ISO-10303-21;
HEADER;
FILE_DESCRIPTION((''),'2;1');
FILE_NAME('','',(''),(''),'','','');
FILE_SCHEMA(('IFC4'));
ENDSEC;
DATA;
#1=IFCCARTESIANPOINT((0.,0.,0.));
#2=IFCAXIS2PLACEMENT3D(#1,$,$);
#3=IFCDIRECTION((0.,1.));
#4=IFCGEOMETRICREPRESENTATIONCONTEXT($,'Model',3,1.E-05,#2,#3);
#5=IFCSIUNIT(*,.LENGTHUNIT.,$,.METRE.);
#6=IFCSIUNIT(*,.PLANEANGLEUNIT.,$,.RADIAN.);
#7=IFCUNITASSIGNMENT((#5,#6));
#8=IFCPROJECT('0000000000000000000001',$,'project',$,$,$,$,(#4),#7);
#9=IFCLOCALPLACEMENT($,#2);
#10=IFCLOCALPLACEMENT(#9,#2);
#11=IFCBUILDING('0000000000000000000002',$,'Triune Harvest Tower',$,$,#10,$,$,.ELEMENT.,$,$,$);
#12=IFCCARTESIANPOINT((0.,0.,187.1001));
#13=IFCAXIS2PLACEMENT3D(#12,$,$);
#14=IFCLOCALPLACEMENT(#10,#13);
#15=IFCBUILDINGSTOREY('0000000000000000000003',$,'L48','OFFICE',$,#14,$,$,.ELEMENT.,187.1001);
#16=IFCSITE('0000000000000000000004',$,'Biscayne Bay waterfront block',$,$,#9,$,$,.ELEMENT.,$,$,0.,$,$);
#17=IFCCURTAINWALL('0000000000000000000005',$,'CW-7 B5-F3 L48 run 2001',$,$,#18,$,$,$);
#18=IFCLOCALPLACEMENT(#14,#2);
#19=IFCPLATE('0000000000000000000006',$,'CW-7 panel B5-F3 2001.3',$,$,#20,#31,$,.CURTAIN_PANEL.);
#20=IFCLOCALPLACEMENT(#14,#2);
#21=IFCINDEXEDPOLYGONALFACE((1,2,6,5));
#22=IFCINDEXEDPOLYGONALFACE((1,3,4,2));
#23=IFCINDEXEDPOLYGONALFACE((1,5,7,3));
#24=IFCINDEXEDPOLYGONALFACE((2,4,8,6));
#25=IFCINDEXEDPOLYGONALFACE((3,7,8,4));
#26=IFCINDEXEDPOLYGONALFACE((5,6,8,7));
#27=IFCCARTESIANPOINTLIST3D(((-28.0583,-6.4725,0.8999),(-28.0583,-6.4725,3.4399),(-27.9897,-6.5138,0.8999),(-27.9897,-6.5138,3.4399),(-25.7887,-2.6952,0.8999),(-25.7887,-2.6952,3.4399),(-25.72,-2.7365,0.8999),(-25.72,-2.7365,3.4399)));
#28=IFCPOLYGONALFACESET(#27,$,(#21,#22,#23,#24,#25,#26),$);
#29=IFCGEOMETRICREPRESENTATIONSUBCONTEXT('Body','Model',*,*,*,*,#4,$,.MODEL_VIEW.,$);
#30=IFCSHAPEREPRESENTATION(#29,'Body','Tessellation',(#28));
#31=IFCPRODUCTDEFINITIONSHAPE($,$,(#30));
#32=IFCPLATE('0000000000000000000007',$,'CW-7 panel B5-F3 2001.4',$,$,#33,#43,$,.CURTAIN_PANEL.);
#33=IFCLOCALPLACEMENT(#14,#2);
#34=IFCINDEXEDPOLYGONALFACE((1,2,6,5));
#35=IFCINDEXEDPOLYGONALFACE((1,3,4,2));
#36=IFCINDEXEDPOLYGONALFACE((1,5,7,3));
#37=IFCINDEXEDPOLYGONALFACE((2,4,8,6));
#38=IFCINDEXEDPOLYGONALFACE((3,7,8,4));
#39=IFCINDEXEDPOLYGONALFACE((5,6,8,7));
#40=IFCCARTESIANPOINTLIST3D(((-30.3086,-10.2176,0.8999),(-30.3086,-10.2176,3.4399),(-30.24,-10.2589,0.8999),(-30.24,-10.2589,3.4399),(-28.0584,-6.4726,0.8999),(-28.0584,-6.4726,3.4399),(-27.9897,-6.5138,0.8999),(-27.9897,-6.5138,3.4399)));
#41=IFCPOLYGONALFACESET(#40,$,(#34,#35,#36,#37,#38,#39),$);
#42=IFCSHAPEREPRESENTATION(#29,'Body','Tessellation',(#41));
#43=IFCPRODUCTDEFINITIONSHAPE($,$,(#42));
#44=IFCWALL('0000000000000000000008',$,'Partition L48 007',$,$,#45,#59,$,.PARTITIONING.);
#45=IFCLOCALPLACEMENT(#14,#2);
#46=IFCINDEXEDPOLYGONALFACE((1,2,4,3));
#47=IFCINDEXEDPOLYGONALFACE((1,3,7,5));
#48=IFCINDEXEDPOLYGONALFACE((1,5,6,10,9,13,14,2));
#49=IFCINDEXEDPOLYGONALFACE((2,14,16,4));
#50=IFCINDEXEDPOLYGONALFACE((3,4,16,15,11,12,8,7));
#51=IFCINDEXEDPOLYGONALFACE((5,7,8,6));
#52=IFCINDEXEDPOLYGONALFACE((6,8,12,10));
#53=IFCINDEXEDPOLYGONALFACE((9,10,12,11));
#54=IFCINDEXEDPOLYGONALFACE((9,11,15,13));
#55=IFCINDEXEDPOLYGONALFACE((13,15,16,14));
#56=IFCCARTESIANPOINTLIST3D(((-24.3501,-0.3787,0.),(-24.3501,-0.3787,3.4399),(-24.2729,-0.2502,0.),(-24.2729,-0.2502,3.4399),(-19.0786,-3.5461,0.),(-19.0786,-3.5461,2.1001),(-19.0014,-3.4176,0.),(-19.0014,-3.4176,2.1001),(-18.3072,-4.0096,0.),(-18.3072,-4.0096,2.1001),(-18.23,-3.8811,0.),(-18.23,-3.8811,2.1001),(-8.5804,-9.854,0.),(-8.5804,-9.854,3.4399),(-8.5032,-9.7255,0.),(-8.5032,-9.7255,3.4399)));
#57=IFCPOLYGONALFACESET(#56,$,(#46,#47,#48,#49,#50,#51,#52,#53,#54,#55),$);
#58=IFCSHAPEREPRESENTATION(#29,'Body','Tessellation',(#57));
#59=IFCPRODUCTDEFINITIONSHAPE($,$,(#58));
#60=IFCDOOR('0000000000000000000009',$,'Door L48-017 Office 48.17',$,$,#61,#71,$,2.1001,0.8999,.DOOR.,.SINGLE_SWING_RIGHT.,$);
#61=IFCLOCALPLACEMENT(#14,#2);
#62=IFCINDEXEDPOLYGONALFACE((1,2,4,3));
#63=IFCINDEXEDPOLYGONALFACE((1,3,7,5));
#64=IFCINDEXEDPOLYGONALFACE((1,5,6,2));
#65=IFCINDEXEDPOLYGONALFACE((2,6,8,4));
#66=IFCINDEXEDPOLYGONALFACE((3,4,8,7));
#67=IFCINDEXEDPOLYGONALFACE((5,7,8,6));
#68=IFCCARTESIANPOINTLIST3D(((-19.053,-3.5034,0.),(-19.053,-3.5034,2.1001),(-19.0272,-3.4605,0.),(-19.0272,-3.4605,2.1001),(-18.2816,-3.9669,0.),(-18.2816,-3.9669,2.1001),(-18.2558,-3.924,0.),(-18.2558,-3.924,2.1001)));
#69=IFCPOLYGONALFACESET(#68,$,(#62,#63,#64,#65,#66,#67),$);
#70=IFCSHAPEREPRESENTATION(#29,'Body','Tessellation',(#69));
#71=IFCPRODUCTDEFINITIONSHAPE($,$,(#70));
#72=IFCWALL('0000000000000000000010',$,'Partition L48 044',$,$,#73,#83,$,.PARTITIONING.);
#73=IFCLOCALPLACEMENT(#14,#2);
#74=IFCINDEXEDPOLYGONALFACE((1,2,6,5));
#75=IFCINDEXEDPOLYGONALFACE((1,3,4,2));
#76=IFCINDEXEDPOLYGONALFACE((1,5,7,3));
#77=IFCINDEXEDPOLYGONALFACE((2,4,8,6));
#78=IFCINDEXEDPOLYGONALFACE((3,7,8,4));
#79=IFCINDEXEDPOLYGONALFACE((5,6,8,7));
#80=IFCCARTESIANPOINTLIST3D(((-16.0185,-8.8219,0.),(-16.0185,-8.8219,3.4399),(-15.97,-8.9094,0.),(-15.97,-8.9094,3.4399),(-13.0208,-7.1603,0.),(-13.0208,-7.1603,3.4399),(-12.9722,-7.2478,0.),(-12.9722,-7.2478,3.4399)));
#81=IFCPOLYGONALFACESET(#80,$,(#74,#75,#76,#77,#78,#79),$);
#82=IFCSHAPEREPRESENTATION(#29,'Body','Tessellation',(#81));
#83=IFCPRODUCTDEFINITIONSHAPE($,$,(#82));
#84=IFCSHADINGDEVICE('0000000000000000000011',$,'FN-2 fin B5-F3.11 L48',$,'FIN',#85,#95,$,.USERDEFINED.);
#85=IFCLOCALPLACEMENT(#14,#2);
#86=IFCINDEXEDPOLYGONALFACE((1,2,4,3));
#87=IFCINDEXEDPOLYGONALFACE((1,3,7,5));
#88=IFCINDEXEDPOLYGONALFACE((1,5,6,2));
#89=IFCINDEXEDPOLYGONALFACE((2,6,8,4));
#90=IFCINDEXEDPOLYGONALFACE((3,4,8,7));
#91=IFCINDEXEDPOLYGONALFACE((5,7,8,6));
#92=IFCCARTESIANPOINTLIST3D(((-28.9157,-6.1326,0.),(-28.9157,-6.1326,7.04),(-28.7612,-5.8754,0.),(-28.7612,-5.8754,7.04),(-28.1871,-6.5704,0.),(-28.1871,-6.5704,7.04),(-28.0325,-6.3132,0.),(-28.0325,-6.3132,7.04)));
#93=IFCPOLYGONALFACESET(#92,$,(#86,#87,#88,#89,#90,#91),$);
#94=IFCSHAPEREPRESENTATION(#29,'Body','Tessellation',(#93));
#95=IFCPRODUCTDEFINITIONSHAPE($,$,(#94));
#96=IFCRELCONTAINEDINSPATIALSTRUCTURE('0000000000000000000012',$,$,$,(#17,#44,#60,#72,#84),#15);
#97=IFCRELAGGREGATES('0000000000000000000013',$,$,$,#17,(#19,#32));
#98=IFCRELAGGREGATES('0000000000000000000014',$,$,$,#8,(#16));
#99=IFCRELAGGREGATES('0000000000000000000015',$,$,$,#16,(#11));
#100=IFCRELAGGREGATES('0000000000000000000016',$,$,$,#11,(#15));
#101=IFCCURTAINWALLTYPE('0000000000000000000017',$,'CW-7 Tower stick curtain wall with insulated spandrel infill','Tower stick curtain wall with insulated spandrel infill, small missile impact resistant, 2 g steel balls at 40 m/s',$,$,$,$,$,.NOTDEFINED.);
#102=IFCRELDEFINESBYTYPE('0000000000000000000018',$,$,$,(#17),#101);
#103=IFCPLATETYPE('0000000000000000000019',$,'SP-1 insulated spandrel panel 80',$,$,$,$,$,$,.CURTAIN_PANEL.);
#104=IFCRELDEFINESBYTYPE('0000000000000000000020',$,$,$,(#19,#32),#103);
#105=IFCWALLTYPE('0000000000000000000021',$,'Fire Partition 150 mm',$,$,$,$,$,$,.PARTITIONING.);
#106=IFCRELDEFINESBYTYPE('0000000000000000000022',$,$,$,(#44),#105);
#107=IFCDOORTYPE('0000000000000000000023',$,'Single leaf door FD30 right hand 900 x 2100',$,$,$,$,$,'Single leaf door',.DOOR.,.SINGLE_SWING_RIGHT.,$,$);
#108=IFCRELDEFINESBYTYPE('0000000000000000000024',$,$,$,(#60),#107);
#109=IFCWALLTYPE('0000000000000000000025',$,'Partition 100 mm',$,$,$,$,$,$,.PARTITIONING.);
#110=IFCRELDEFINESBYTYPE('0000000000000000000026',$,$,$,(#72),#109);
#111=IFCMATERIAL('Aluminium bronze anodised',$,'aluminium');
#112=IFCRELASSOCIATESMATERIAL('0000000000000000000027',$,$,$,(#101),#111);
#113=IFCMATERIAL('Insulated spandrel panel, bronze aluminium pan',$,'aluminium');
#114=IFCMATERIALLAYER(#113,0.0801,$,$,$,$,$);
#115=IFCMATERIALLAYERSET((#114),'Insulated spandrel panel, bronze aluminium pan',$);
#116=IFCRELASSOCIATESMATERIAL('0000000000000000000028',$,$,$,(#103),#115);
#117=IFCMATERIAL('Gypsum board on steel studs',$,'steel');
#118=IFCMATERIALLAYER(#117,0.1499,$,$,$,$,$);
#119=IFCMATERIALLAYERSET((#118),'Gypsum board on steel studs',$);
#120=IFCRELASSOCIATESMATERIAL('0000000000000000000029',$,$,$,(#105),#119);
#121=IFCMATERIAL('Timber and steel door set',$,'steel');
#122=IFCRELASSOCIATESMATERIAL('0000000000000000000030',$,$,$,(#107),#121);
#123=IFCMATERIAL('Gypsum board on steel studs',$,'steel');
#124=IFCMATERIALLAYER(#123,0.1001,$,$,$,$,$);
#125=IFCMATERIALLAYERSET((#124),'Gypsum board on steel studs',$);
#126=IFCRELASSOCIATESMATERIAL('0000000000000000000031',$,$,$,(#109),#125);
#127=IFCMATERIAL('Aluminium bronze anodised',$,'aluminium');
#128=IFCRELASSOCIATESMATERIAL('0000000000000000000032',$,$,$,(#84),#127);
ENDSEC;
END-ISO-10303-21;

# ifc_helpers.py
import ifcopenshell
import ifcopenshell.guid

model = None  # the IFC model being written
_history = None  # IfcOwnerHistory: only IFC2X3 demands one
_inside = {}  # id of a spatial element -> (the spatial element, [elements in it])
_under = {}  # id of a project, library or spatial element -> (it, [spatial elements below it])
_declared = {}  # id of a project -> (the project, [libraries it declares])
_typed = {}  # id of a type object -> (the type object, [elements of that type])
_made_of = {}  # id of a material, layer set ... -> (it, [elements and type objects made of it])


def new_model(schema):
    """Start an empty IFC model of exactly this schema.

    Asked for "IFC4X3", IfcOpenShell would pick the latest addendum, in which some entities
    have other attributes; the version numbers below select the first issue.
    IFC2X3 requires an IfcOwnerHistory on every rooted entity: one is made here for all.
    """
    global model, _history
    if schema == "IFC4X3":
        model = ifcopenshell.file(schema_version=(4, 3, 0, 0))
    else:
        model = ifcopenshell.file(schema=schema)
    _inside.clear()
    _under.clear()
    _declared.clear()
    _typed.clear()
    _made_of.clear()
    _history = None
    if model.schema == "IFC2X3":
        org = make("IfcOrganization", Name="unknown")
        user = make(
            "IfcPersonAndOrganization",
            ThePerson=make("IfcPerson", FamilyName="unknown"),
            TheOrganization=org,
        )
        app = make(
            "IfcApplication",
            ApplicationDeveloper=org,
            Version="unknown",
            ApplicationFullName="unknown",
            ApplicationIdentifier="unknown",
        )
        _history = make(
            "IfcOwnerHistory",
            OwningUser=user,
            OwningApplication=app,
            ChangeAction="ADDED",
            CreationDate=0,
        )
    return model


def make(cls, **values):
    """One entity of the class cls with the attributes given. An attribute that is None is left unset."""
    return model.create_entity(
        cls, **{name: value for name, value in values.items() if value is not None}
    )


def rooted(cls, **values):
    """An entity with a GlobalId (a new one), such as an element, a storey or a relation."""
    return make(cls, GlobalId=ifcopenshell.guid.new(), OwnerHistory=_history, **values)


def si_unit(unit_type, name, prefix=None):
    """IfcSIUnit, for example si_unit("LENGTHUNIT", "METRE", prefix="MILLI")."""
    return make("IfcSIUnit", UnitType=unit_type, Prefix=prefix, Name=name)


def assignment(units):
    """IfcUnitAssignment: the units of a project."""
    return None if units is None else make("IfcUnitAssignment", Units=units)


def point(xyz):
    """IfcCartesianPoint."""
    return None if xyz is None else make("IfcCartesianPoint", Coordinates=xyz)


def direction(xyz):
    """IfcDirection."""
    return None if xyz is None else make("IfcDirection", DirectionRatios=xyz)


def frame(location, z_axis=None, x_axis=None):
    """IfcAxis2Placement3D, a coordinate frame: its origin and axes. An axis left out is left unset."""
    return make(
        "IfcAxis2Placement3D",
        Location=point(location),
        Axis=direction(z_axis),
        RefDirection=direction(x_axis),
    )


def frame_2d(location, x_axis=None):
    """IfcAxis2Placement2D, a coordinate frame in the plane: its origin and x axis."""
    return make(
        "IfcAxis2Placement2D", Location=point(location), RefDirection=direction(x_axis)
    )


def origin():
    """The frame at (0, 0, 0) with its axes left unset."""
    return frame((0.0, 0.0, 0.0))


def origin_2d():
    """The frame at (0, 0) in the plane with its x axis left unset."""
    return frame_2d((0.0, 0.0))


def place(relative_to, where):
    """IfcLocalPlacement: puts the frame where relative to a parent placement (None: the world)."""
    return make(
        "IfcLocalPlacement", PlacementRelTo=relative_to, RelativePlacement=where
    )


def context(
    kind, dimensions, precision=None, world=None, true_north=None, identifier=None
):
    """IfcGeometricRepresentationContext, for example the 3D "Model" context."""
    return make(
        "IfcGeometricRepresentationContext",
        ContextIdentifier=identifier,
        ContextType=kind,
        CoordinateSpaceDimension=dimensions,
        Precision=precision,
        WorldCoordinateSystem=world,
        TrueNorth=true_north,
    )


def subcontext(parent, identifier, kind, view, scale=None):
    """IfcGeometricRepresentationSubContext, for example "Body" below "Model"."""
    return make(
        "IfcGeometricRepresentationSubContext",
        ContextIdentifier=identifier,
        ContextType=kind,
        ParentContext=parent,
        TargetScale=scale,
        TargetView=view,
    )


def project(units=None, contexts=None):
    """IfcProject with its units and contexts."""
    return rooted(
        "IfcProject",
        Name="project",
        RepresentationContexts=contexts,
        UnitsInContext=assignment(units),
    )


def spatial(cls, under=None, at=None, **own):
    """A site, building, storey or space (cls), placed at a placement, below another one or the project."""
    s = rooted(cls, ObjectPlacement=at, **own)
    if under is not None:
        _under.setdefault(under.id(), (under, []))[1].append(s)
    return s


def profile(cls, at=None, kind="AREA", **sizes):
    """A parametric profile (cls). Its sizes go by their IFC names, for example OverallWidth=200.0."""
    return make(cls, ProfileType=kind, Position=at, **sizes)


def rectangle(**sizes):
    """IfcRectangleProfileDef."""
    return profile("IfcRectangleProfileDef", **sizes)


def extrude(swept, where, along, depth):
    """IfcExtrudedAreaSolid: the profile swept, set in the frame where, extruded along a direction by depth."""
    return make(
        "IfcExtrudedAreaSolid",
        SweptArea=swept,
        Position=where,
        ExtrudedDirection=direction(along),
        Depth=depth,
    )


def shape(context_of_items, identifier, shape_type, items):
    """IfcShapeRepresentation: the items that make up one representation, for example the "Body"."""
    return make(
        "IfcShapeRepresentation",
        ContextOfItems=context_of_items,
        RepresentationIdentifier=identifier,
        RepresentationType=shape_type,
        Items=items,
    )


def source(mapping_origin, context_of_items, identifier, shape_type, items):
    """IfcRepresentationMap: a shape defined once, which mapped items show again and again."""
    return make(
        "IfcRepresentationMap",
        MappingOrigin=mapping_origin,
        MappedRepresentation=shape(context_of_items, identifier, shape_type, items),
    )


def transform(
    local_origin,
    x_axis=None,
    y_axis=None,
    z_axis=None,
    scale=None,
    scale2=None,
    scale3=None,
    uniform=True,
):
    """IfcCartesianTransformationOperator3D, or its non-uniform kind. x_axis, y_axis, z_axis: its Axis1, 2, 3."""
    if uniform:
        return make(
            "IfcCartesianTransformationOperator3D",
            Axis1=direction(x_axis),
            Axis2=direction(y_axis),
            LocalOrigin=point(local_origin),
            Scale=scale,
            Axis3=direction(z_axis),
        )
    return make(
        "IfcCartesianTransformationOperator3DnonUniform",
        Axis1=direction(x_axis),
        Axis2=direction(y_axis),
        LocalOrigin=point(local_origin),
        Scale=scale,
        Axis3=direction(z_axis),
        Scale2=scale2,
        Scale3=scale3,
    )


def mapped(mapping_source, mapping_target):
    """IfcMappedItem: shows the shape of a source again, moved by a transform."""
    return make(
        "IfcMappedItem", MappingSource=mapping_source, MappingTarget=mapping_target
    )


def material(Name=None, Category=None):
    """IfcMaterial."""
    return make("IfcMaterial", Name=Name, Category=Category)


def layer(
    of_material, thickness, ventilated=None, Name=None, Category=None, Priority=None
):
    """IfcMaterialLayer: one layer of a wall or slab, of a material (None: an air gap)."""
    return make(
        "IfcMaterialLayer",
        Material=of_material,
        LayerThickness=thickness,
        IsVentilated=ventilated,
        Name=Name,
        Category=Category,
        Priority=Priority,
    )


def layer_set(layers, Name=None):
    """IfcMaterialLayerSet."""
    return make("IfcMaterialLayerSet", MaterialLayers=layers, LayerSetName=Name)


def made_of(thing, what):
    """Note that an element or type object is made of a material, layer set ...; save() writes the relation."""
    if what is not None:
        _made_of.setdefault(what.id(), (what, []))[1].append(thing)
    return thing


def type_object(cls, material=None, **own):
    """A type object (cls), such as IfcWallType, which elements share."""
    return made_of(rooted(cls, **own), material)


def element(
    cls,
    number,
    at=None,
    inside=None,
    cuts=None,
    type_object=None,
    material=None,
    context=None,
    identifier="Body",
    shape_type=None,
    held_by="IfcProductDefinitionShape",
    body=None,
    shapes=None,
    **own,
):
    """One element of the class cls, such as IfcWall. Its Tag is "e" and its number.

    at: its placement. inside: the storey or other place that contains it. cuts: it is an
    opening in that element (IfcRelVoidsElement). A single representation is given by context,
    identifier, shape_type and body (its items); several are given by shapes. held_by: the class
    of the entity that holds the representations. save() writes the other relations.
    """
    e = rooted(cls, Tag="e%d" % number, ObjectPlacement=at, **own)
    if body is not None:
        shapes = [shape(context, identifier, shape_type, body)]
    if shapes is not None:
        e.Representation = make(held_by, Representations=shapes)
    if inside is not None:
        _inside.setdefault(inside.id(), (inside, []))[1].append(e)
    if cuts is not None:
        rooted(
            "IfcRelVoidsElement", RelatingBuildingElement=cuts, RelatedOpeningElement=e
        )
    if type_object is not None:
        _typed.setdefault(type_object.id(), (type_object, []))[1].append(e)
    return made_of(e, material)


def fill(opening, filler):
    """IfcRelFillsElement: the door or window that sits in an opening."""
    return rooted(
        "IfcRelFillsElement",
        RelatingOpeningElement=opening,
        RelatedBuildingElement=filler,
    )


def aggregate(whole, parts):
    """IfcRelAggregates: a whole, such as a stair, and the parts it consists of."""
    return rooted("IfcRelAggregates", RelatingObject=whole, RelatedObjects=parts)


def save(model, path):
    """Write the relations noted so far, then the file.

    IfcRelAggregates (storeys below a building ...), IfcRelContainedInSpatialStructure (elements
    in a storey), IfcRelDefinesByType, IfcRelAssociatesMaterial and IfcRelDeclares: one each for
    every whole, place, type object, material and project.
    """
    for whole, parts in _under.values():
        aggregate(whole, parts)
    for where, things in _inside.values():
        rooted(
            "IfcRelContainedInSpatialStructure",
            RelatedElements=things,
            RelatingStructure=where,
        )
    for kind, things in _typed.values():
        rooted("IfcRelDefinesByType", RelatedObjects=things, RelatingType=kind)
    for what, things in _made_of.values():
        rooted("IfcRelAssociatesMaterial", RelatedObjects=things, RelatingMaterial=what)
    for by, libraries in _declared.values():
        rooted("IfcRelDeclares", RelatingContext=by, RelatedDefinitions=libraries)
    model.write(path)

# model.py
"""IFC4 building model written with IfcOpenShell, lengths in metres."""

from ifc_helpers import new_model, si_unit, direction, frame, frame_2d, origin, origin_2d, place, context, subcontext, project, spatial, rectangle, extrude, source, transform, mapped, material, layer, layer_set, type_object, element, fill, aggregate, save


model = new_model("IFC4")

# Units and contexts
model_context = context("Model", 3, precision=1e-05, world=origin(), true_north=direction((0.0, 1.0)))
body_context = subcontext(model_context, "Body", "Model", "MODEL_VIEW")
ifc_project = project(units=[si_unit("LENGTHUNIT", "METRE"), si_unit("PLANEANGLEUNIT", "RADIAN")], contexts=[model_context])

# Site, building, storey
site_placement = place(None, origin())
site = spatial("IfcSite", under=ifc_project, at=site_placement, Name="Biscayne Bay waterfront block", CompositionType="ELEMENT", RefElevation=0.0)
building_placement = place(site_placement, origin())
building = spatial("IfcBuilding", under=site, at=building_placement, Name="Triune Harvest Tower", CompositionType="ELEMENT")
storey_placement = place(building_placement, frame((0.0, 0.0, 187.1001)))
storey = spatial("IfcBuildingStorey", under=building, at=storey_placement, Name="L48", Description="OFFICE", CompositionType="ELEMENT", Elevation=187.1001)

# Curtain wall
ifc_material_1 = material(Name="Aluminium bronze anodised", Category="aluminium")
curtain_wall_type_1 = type_object("IfcCurtainWallType", Name="CW-7 Tower stick curtain wall with insulated spandrel infill", Description="Tower stick curtain wall with insulated spandrel infill, small missile impact resistant, 2 g steel balls at 40 m/s", PredefinedType="NOTDEFINED", material=ifc_material_1)
curtain_wall_1_placement = place(storey_placement, origin())
curtain_wall_1 = element("IfcCurtainWall", 1, at=curtain_wall_1_placement, inside=storey, type_object=curtain_wall_type_1, Name="CW-7 B5-F3 L48 run 2001")

# Plates
ifc_material_2 = material(Name="Insulated spandrel panel, bronze aluminium pan", Category="aluminium")
ifc_layer_1 = layer(ifc_material_2, 0.0801)
ifc_layer_set_1 = layer_set([ifc_layer_1], Name="Insulated spandrel panel, bronze aluminium pan")
plate_type_1 = type_object("IfcPlateType", Name="SP-1 insulated spandrel panel 80", PredefinedType="CURTAIN_PANEL", material=ifc_layer_set_1)
shared_shape_1 = source(origin(), body_context, "Body", "SweptSolid", [
    extrude(rectangle(XDim=4.4067, YDim=0.0801, at=origin_2d()), origin(), (0.0, 0.0, 1.0), 2.54),
])
plate_1_placement = place(storey_placement, frame((-26.8892, -4.6045, 0.8999), z_axis=(0.0, 0.0, 1.0), x_axis=(-0.515039, -0.857167, 0.0)))
plate_1 = element("IfcPlate", 2, at=plate_1_placement, type_object=plate_type_1, Name="CW-7 panel B5-F3 2001.3", PredefinedType="CURTAIN_PANEL", context=body_context, shape_type="MappedRepresentation", body=[
    mapped(shared_shape_1, transform((0.0, 0.0, 0.0), scale=1.0)),
])
shared_shape_2 = source(origin(), body_context, "Body", "SweptSolid", [
    extrude(rectangle(XDim=4.3691, YDim=0.0801, at=origin_2d()), origin(), (0.0, 0.0, 1.0), 2.54),
])
plate_2_placement = place(storey_placement, frame((-29.1492, -8.3657, 0.8999), z_axis=(0.0, 0.0, 1.0), x_axis=(-0.515039, -0.857167, 0.0)))
plate_2 = element("IfcPlate", 3, at=plate_2_placement, type_object=plate_type_1, Name="CW-7 panel B5-F3 2001.4", PredefinedType="CURTAIN_PANEL", context=body_context, shape_type="MappedRepresentation", body=[
    mapped(shared_shape_2, transform((0.0, 0.0, 0.0), scale=1.0)),
])
aggregate(curtain_wall_1, [plate_1, plate_2])

# Wall, opening, door
ifc_material_3 = material(Name="Gypsum board on steel studs", Category="steel")
ifc_layer_2 = layer(ifc_material_3, 0.1499)
ifc_layer_set_2 = layer_set([ifc_layer_2], Name="Gypsum board on steel studs")
wall_type_1 = type_object("IfcWallType", Name="Fire Partition 150 mm", PredefinedType="PARTITIONING", material=ifc_layer_set_2)
shared_shape_3 = source(origin(), body_context, "Body", "SweptSolid", [
    extrude(rectangle(XDim=18.3975, YDim=0.1499, at=frame_2d((9.1987, 0.0))), origin(), (0.0, 0.0, 1.0), 3.4399),
])
wall_1_placement = place(storey_placement, frame((-24.3115, -0.3145, 0.0), z_axis=(0.0, 0.0, 1.0), x_axis=(0.85717, -0.515034, 0.0)))
wall_1 = element("IfcWall", 4, at=wall_1_placement, inside=storey, type_object=wall_type_1, Name="Partition L48 007", PredefinedType="PARTITIONING", context=body_context, shape_type="MappedRepresentation", body=[
    mapped(shared_shape_3, transform((0.0, 0.0, 0.0), scale=1.0)),
])
opening_placement = place(wall_1_placement, frame((6.1499, 0.0, 0.0)))
opening = element("IfcOpeningElement", 5, at=opening_placement, cuts=wall_1, PredefinedType="OPENING", context=body_context, shape_type="SweptSolid", body=[
    extrude(rectangle(XDim=0.8999, YDim=2.1001, at=frame_2d((0.45, 1.05))), frame((0.0, 0.085, 0.0), z_axis=(0.0, -1.0, 0.0), x_axis=(1.0, 0.0, 0.0)), (0.0, 0.0, 1.0), 0.1699),
])
ifc_material_4 = material(Name="Timber and steel door set", Category="steel")
door_type = type_object("IfcDoorType", Name="Single leaf door FD30 right hand 900 x 2100", ElementType="Single leaf door", OperationType="SINGLE_SWING_RIGHT", PredefinedType="DOOR", material=ifc_material_4)
door_placement = place(opening_placement, origin())
door = element("IfcDoor", 6, at=door_placement, inside=storey, type_object=door_type, Name="Door L48-017 Office 48.17", OperationType="SINGLE_SWING_RIGHT", OverallHeight=2.1001, OverallWidth=0.8999, PredefinedType="DOOR", context=body_context, shape_type="SweptSolid", body=[
    extrude(rectangle(XDim=0.8999, YDim=2.1001, at=frame_2d((0.45, 1.05))), frame((0.0, 0.0249, 0.0), z_axis=(0.0, -1.0, 0.0), x_axis=(1.0, 0.0, 0.0)), (0.0, 0.0, 1.0), 0.05),
])
fill(opening, door)

# Wall
ifc_material_5 = material(Name="Gypsum board on steel studs", Category="steel")
ifc_layer_3 = layer(ifc_material_5, 0.1001)
ifc_layer_set_3 = layer_set([ifc_layer_3], Name="Gypsum board on steel studs")
wall_type_2 = type_object("IfcWallType", Name="Partition 100 mm", PredefinedType="PARTITIONING", material=ifc_layer_set_3)
shared_shape_4 = source(origin(), body_context, "Body", "SweptSolid", [
    extrude(rectangle(XDim=3.4275, YDim=0.1001, at=frame_2d((1.7139, 0.0))), origin(), (0.0, 0.0, 1.0), 3.4399),
])
wall_2_placement = place(storey_placement, frame((-15.9944, -8.8657, 0.0), z_axis=(0.0, 0.0, 1.0), x_axis=(0.874631, 0.48479, 0.0)))
element("IfcWall", 7, at=wall_2_placement, inside=storey, type_object=wall_type_2, Name="Partition L48 044", PredefinedType="PARTITIONING", context=body_context, shape_type="MappedRepresentation", body=[
    mapped(shared_shape_4, transform((0.0, 0.0, 0.0), scale=1.0)),
])

# Shading device
ifc_material_6 = material(Name="Aluminium bronze anodised", Category="aluminium")
shared_shape_5 = source(origin(), body_context, "Body", "SweptSolid", [
    extrude(rectangle(XDim=0.3, YDim=0.8501, at=origin_2d()), origin(), (0.0, 0.0, 1.0), 7.04),
])
shading_device_placement = place(storey_placement, frame((-28.4741, -6.2229, 0.0), z_axis=(0.0, 0.0, 1.0), x_axis=(-0.515037, -0.857168, 0.0)))
element("IfcShadingDevice", 8, at=shading_device_placement, inside=storey, material=ifc_material_6, Name="FN-2 fin B5-F3.11 L48", ObjectType="FIN", PredefinedType="USERDEFINED", context=body_context, shape_type="MappedRepresentation", body=[
    mapped(shared_shape_5, transform((0.0, 0.0, 0.0), scale=1.0)),
])

save(model, "model.ifc")
